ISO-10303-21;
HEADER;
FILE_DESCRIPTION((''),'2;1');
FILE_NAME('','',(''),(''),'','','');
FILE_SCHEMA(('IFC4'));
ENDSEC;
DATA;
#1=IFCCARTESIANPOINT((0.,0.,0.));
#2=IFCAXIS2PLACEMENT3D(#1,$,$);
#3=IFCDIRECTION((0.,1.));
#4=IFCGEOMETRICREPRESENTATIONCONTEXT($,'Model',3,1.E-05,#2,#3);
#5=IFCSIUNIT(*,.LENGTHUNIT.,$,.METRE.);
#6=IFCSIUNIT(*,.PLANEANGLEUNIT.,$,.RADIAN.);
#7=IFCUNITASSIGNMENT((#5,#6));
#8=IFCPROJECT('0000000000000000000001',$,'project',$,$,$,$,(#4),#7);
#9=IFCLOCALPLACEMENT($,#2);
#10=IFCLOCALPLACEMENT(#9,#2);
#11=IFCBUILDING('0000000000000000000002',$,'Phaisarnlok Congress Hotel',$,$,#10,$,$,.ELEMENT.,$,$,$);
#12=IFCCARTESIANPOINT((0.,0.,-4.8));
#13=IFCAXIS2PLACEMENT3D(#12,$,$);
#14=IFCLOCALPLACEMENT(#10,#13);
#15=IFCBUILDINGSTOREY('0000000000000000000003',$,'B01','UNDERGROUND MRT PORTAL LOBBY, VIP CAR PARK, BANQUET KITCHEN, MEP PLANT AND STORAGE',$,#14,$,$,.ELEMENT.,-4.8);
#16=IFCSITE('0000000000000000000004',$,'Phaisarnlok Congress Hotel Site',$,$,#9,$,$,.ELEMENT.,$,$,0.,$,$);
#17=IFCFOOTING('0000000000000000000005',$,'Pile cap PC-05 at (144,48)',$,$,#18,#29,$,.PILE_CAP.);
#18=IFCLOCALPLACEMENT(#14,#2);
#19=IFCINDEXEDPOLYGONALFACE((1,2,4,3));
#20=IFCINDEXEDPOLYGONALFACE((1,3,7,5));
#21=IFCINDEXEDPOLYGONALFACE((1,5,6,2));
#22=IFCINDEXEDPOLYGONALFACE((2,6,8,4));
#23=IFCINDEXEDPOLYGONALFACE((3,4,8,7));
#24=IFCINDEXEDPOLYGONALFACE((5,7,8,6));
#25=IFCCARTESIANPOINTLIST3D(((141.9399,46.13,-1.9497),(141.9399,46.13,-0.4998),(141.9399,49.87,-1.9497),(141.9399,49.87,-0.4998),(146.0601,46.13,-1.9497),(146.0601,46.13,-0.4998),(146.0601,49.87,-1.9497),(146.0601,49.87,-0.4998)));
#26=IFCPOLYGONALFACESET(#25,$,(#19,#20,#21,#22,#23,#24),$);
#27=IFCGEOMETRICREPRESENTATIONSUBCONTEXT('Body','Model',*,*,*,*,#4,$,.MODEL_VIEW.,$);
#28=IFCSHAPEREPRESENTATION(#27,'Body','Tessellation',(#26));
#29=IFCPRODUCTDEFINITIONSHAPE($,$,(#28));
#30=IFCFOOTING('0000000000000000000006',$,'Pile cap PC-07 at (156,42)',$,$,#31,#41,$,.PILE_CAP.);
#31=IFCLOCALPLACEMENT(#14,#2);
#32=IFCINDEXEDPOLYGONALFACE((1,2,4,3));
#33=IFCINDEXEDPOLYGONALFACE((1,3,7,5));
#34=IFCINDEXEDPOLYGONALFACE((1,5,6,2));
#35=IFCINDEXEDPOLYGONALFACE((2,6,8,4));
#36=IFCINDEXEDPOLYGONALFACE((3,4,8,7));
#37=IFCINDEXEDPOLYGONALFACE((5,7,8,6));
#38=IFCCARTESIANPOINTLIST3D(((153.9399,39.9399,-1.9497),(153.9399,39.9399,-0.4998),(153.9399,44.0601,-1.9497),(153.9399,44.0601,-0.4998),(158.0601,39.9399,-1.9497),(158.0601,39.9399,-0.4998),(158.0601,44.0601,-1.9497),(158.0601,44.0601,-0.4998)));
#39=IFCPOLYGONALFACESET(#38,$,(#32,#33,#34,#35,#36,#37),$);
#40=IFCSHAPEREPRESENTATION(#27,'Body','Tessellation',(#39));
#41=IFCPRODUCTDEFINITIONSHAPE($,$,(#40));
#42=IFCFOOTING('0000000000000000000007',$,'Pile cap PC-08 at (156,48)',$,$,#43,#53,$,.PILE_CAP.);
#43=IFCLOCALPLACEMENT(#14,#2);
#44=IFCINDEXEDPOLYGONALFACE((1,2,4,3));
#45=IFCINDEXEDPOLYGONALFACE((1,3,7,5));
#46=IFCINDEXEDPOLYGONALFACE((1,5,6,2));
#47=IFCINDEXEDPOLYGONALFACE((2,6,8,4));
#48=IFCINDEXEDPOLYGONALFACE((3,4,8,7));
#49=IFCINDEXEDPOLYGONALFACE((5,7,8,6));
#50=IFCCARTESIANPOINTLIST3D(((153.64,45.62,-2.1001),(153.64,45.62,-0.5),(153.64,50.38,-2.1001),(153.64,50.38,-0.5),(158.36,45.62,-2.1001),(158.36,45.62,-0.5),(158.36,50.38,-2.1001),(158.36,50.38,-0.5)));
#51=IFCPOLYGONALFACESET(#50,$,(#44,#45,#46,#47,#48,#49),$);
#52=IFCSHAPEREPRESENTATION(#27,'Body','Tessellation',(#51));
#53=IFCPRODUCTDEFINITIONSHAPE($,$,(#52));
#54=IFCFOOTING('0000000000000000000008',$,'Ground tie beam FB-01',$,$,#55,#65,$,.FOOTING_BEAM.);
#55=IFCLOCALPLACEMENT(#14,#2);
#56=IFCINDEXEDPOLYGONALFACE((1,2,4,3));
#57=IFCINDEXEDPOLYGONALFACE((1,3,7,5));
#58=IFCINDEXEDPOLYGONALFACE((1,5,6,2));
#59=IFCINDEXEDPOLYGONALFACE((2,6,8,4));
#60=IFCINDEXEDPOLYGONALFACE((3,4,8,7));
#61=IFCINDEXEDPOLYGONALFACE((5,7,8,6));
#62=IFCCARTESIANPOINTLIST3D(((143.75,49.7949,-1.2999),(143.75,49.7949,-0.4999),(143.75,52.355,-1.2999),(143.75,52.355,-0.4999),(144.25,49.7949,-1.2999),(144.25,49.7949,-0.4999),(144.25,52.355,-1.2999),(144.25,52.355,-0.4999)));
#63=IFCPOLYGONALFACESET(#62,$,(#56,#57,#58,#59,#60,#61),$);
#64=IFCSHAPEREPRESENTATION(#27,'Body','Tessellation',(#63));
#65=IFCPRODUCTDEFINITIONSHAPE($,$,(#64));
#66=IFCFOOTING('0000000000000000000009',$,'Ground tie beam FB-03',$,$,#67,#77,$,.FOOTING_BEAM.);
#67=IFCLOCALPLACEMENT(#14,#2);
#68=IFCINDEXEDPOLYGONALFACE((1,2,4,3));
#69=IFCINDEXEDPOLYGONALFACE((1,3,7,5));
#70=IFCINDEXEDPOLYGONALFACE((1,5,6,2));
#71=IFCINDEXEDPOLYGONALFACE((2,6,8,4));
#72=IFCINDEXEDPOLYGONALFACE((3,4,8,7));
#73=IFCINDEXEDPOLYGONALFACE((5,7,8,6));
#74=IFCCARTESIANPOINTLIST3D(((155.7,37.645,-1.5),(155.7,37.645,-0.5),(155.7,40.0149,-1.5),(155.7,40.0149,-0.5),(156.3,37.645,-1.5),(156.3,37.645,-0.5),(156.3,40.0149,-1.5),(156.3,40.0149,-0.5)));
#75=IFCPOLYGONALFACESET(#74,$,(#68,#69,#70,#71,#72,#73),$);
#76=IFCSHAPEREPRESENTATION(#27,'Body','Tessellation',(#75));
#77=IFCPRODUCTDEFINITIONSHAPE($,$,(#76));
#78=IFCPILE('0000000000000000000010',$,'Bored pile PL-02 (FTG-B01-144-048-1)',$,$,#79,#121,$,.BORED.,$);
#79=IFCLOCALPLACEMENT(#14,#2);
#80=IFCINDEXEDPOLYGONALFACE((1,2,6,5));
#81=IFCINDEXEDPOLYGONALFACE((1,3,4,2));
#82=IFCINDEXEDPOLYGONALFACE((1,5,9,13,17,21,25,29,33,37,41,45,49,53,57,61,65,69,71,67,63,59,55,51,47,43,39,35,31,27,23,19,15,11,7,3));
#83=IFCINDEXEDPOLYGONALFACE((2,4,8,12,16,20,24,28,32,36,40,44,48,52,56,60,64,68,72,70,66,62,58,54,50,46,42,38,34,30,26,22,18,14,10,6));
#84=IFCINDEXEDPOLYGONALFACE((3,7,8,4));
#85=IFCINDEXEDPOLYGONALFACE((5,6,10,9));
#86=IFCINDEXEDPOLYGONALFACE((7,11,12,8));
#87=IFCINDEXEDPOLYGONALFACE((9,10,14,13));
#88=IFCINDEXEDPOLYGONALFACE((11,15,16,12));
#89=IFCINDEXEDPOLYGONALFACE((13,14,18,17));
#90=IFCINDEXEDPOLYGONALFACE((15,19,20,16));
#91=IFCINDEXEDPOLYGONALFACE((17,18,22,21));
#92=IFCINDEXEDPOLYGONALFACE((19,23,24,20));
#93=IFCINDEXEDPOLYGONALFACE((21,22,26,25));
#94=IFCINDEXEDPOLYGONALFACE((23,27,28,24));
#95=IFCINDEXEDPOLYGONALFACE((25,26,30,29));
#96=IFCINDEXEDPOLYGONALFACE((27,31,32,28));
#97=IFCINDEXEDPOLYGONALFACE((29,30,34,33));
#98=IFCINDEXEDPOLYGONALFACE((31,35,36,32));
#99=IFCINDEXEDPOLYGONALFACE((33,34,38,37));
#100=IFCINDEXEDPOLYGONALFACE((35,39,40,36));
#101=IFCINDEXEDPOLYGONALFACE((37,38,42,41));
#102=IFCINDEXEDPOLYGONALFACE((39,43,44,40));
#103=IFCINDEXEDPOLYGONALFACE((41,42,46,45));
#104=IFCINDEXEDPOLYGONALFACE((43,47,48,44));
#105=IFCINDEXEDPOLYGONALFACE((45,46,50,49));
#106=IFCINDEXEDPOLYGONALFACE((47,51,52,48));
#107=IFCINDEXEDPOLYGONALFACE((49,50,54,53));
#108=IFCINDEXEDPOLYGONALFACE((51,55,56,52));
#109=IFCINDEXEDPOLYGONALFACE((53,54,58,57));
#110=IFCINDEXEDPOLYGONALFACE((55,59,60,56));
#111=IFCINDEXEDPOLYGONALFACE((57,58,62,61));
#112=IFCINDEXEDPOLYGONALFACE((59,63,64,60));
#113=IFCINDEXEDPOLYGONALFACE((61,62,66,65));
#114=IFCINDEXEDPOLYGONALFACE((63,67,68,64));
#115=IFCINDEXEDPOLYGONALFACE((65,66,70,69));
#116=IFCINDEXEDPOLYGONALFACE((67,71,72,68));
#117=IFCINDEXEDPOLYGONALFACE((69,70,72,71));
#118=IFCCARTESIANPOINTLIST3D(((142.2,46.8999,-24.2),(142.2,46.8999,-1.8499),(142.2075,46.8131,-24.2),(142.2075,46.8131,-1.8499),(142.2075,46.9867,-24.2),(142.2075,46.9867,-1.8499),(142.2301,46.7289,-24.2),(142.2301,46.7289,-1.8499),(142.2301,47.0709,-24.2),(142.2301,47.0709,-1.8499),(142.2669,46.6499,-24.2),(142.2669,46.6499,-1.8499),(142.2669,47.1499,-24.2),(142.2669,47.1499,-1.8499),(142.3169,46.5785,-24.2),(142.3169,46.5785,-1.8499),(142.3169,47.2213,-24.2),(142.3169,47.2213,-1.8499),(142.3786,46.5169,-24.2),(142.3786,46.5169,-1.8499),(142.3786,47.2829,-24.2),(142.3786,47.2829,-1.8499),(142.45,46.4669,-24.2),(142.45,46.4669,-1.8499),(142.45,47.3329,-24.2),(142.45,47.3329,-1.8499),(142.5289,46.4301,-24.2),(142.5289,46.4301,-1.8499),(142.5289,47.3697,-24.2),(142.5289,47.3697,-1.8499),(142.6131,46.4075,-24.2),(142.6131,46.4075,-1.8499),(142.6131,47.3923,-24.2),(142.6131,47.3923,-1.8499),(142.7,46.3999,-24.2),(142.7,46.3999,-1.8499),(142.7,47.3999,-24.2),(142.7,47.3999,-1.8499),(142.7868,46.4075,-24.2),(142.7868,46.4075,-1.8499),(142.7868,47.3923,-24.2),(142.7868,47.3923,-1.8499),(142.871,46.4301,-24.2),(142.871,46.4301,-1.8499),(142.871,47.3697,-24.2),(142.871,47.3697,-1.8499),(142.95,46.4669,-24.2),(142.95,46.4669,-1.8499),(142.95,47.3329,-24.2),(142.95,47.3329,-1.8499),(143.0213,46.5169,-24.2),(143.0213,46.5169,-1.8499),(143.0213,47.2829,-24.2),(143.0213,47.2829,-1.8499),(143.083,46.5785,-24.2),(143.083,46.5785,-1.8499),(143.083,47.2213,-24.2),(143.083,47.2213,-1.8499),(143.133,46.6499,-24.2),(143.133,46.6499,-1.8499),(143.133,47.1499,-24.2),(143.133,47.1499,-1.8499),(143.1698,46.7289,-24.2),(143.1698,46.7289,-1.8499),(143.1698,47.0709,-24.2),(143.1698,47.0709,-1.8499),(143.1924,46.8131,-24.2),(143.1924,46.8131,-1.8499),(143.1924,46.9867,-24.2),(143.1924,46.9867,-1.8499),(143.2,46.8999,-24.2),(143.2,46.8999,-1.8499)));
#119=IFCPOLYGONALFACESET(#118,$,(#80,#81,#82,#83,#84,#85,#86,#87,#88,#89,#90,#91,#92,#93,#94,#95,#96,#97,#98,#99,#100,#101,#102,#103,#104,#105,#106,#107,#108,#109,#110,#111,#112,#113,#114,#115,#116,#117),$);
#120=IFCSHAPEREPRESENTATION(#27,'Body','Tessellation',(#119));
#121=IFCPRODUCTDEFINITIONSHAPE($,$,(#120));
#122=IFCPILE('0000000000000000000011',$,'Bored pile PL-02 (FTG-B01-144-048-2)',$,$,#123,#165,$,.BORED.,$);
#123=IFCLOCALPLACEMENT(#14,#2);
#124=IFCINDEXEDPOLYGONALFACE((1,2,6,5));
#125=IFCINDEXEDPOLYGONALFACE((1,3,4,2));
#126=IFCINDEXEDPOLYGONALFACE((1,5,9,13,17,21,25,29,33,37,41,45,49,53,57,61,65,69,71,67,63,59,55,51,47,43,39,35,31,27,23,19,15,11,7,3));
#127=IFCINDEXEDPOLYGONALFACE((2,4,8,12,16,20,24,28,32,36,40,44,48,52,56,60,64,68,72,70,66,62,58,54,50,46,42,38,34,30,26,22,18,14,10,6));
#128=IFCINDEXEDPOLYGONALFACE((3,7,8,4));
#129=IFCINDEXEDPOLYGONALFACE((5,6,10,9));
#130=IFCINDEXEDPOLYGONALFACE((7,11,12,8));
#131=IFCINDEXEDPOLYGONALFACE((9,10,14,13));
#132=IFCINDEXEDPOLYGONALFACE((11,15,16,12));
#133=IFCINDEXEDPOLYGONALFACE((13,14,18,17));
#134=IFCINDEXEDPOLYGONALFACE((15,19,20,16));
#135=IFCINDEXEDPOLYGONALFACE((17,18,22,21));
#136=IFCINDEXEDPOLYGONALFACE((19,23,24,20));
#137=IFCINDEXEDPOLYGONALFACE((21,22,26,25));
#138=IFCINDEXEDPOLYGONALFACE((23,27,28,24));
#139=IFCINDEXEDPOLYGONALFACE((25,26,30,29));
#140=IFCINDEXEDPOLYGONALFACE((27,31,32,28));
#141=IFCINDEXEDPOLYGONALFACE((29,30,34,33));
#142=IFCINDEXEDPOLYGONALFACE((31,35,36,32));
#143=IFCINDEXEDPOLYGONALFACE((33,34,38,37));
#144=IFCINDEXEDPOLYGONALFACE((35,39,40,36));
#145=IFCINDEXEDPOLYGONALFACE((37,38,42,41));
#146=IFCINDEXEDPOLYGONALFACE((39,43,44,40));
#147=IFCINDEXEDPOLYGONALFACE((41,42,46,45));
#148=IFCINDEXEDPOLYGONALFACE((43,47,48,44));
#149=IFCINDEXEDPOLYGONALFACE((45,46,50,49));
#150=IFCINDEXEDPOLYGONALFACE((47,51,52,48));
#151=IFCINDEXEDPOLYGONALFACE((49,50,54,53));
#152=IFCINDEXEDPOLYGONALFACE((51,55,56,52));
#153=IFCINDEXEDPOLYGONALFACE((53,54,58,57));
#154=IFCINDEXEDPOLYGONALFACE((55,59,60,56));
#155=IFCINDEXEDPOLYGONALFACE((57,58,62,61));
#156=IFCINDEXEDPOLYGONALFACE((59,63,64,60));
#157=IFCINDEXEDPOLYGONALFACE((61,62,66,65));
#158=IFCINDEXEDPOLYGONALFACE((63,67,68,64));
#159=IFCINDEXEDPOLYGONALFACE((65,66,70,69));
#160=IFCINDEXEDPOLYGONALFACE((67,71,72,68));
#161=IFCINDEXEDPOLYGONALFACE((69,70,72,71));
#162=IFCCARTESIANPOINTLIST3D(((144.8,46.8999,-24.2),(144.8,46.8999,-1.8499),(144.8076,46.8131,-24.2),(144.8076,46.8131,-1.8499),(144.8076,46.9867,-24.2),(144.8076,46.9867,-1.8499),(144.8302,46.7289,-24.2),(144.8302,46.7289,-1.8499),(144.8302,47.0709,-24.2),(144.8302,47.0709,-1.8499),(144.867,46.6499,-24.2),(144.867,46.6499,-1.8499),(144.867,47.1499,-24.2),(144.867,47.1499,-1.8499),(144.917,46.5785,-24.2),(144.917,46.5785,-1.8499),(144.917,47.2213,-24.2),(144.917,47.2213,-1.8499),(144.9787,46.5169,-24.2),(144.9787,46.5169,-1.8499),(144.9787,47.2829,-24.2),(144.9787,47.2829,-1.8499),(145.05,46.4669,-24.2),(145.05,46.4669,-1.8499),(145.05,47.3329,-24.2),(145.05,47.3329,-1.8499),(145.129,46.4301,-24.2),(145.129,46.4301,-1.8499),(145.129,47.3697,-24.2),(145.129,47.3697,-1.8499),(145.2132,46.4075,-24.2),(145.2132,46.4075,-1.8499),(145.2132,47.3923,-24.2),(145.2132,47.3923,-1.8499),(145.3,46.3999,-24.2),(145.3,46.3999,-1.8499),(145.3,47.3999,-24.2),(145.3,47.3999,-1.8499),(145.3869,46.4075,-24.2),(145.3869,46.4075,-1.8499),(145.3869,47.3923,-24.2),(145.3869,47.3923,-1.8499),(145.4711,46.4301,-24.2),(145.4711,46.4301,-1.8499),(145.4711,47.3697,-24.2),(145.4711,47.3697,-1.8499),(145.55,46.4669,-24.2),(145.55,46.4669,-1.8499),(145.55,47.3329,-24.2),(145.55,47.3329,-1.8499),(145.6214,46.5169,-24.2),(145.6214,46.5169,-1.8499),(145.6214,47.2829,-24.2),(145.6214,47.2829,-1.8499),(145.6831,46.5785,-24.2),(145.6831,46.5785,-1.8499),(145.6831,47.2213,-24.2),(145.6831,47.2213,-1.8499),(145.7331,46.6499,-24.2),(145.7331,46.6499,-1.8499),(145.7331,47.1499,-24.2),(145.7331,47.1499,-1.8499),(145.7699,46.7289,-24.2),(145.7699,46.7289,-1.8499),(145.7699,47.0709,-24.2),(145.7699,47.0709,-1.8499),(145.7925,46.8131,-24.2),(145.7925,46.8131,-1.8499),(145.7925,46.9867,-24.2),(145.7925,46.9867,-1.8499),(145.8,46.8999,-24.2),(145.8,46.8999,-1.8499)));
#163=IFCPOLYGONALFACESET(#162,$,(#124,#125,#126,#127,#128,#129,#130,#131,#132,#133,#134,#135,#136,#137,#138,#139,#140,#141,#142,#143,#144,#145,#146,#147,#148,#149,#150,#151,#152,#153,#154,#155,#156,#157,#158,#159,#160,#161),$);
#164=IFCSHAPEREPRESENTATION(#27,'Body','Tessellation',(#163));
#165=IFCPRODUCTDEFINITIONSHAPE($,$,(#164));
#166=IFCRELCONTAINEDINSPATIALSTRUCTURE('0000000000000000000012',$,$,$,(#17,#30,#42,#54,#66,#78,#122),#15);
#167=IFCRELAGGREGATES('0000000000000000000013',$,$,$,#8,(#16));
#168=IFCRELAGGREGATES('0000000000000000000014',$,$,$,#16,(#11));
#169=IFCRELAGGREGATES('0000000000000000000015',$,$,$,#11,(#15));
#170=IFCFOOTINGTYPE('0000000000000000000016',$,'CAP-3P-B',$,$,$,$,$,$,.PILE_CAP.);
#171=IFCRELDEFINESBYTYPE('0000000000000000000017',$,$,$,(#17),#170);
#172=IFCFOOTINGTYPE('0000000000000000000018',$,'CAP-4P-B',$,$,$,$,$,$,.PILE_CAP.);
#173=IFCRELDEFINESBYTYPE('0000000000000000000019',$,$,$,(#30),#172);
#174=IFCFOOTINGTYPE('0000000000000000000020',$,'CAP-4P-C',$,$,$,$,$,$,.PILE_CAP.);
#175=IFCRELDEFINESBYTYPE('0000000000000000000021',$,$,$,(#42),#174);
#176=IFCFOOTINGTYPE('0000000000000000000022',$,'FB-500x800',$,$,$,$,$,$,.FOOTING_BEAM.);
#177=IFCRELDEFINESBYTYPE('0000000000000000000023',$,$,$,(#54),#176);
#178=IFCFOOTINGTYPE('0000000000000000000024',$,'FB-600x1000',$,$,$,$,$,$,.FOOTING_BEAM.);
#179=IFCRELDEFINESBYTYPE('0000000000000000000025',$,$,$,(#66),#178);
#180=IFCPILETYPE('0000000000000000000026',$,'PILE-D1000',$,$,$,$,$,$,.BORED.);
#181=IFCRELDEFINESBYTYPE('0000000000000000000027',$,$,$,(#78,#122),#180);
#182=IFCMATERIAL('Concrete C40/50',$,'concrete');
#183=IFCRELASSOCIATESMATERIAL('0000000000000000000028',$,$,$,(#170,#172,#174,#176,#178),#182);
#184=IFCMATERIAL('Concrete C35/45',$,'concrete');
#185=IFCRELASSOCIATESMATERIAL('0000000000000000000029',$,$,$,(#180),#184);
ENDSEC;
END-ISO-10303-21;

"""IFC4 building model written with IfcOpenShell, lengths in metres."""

from ifc_helpers import new_model, si_unit, direction, frame, origin, origin_2d, place, context, subcontext, project, spatial, rectangle, circle, extrude, material, material_profile, profile_set, type_object, element, save


model = new_model("IFC4")

# Units and contexts
model_context = context("Model", 3, precision=1e-05, world=origin(), true_north=direction((0.0, 1.0)))
body_context = subcontext(model_context, "Body", "Model", "MODEL_VIEW")
ifc_project = project(units=[si_unit("LENGTHUNIT", "METRE"), si_unit("PLANEANGLEUNIT", "RADIAN")], contexts=[model_context])

# Site, building, storey
site_placement = place(None, origin())
site = spatial("IfcSite", under=ifc_project, at=site_placement, Name="Phaisarnlok Congress Hotel Site", CompositionType="ELEMENT", RefElevation=0.0)
building_placement = place(site_placement, origin())
building = spatial("IfcBuilding", under=site, at=building_placement, Name="Phaisarnlok Congress Hotel", CompositionType="ELEMENT")
storey_placement = place(building_placement, frame((0.0, 0.0, -4.8)))
storey = spatial("IfcBuildingStorey", under=building, at=storey_placement, Name="B01", Description="UNDERGROUND MRT PORTAL LOBBY, VIP CAR PARK, BANQUET KITCHEN, MEP PLANT AND STORAGE", CompositionType="ELEMENT", Elevation=-4.8)

# Footings
ifc_material_1 = material(Name="Concrete C40/50", Category="concrete")
footing_type_1 = type_object("IfcFootingType", Name="CAP-3P-B", PredefinedType="PILE_CAP", material=ifc_material_1)
footing_1_placement = place(storey_placement, frame((144.0, 48.0, -1.9497), z_axis=(0.0, 0.0, 1.0), x_axis=(1.0, 0.0, 0.0)))
element("IfcFooting", 1, at=footing_1_placement, inside=storey, type_object=footing_type_1, Name="Pile cap PC-05 at (144,48)", PredefinedType="PILE_CAP", context=body_context, shape_type="SweptSolid", body=[
    extrude(rectangle(XDim=4.1201, YDim=3.74, at=origin_2d()), origin(), (0.0, 0.0, 1.0), 1.45),
])
footing_type_2 = type_object("IfcFootingType", Name="CAP-4P-B", PredefinedType="PILE_CAP", material=ifc_material_1)
footing_2_placement = place(storey_placement, frame((156.0, 42.0, -1.9497), z_axis=(0.0, 0.0, 1.0), x_axis=(1.0, 0.0, 0.0)))
element("IfcFooting", 2, at=footing_2_placement, inside=storey, type_object=footing_type_2, Name="Pile cap PC-07 at (156,42)", PredefinedType="PILE_CAP", context=body_context, shape_type="SweptSolid", body=[
    extrude(rectangle(XDim=4.1201, YDim=4.1201, at=origin_2d()), origin(), (0.0, 0.0, 1.0), 1.45),
])
footing_type_3 = type_object("IfcFootingType", Name="CAP-4P-C", PredefinedType="PILE_CAP", material=ifc_material_1)
footing_3_placement = place(storey_placement, frame((156.0, 48.0, -2.1001), z_axis=(0.0, 0.0, 1.0), x_axis=(1.0, 0.0, 0.0)))
element("IfcFooting", 3, at=footing_3_placement, inside=storey, type_object=footing_type_3, Name="Pile cap PC-08 at (156,48)", PredefinedType="PILE_CAP", context=body_context, shape_type="SweptSolid", body=[
    extrude(rectangle(XDim=4.72, YDim=4.76, at=origin_2d()), origin(), (0.0, 0.0, 1.0), 1.6001),
])
ifc_material_profile_1 = material_profile(ifc_material_1, rectangle(XDim=0.5, YDim=0.8, at=origin_2d()), Name="FB-500x800")
ifc_profile_set_1 = profile_set([ifc_material_profile_1], Name="Concrete C40/50")
footing_type_4 = type_object("IfcFootingType", Name="FB-500x800", PredefinedType="FOOTING_BEAM", material=ifc_profile_set_1)
footing_4_placement = place(storey_placement, frame((144.0, 49.7949, -0.8999), z_axis=(0.0, 1.0, 0.0), x_axis=(-1.0, 0.0, 0.0)))
element("IfcFooting", 4, at=footing_4_placement, inside=storey, type_object=footing_type_4, Name="Ground tie beam FB-01", PredefinedType="FOOTING_BEAM", context=body_context, shape_type="SweptSolid", body=[
    extrude(rectangle(XDim=0.5, YDim=0.8, at=origin_2d()), origin(), (0.0, 0.0, 1.0), 2.5601),
])
ifc_material_profile_2 = material_profile(ifc_material_1, rectangle(XDim=0.6001, YDim=1.0, at=origin_2d()), Name="FB-600x1000")
ifc_profile_set_2 = profile_set([ifc_material_profile_2], Name="Concrete C40/50")
footing_type_5 = type_object("IfcFootingType", Name="FB-600x1000", PredefinedType="FOOTING_BEAM", material=ifc_profile_set_2)
footing_5_placement = place(storey_placement, frame((156.0, 37.645, -1.0), z_axis=(0.0, 1.0, 0.0), x_axis=(-1.0, 0.0, 0.0)))
element("IfcFooting", 5, at=footing_5_placement, inside=storey, type_object=footing_type_5, Name="Ground tie beam FB-03", PredefinedType="FOOTING_BEAM", context=body_context, shape_type="SweptSolid", body=[
    extrude(rectangle(XDim=0.6001, YDim=1.0, at=origin_2d()), origin(), (0.0, 0.0, 1.0), 2.3699),
])

# Piles
ifc_material_2 = material(Name="Concrete C35/45", Category="concrete")
ifc_material_profile_3 = material_profile(ifc_material_2, circle(Radius=0.5, at=origin_2d()), Name="BORED PILE D1000")
ifc_profile_set_3 = profile_set([ifc_material_profile_3], Name="Concrete C35/45")
pile_type_1 = type_object("IfcPileType", Name="PILE-D1000", PredefinedType="BORED", material=ifc_profile_set_3)
for number, where, z_axis, x_axis, name in (
    (6, (142.7, 46.8999, -1.8499), (0.0, 0.0, -1.0), (1.0, 0.0, 0.0), "Bored pile PL-02 (FTG-B01-144-048-1)"),
    (7, (145.3, 46.8999, -1.8499), (0.0, 0.0, -1.0), (1.0, 0.0, 0.0), "Bored pile PL-02 (FTG-B01-144-048-2)"),
):
    element("IfcPile", number, at=place(storey_placement, frame(where, z_axis=z_axis, x_axis=x_axis)), inside=storey, type_object=pile_type_1, Name=name, PredefinedType="BORED", context=body_context, shape_type="SweptSolid", body=[
        extrude(circle(Radius=0.5, at=origin_2d()), origin(), (0.0, 0.0, 1.0), 22.3501),
    ])

save(model, "model.ifc")
